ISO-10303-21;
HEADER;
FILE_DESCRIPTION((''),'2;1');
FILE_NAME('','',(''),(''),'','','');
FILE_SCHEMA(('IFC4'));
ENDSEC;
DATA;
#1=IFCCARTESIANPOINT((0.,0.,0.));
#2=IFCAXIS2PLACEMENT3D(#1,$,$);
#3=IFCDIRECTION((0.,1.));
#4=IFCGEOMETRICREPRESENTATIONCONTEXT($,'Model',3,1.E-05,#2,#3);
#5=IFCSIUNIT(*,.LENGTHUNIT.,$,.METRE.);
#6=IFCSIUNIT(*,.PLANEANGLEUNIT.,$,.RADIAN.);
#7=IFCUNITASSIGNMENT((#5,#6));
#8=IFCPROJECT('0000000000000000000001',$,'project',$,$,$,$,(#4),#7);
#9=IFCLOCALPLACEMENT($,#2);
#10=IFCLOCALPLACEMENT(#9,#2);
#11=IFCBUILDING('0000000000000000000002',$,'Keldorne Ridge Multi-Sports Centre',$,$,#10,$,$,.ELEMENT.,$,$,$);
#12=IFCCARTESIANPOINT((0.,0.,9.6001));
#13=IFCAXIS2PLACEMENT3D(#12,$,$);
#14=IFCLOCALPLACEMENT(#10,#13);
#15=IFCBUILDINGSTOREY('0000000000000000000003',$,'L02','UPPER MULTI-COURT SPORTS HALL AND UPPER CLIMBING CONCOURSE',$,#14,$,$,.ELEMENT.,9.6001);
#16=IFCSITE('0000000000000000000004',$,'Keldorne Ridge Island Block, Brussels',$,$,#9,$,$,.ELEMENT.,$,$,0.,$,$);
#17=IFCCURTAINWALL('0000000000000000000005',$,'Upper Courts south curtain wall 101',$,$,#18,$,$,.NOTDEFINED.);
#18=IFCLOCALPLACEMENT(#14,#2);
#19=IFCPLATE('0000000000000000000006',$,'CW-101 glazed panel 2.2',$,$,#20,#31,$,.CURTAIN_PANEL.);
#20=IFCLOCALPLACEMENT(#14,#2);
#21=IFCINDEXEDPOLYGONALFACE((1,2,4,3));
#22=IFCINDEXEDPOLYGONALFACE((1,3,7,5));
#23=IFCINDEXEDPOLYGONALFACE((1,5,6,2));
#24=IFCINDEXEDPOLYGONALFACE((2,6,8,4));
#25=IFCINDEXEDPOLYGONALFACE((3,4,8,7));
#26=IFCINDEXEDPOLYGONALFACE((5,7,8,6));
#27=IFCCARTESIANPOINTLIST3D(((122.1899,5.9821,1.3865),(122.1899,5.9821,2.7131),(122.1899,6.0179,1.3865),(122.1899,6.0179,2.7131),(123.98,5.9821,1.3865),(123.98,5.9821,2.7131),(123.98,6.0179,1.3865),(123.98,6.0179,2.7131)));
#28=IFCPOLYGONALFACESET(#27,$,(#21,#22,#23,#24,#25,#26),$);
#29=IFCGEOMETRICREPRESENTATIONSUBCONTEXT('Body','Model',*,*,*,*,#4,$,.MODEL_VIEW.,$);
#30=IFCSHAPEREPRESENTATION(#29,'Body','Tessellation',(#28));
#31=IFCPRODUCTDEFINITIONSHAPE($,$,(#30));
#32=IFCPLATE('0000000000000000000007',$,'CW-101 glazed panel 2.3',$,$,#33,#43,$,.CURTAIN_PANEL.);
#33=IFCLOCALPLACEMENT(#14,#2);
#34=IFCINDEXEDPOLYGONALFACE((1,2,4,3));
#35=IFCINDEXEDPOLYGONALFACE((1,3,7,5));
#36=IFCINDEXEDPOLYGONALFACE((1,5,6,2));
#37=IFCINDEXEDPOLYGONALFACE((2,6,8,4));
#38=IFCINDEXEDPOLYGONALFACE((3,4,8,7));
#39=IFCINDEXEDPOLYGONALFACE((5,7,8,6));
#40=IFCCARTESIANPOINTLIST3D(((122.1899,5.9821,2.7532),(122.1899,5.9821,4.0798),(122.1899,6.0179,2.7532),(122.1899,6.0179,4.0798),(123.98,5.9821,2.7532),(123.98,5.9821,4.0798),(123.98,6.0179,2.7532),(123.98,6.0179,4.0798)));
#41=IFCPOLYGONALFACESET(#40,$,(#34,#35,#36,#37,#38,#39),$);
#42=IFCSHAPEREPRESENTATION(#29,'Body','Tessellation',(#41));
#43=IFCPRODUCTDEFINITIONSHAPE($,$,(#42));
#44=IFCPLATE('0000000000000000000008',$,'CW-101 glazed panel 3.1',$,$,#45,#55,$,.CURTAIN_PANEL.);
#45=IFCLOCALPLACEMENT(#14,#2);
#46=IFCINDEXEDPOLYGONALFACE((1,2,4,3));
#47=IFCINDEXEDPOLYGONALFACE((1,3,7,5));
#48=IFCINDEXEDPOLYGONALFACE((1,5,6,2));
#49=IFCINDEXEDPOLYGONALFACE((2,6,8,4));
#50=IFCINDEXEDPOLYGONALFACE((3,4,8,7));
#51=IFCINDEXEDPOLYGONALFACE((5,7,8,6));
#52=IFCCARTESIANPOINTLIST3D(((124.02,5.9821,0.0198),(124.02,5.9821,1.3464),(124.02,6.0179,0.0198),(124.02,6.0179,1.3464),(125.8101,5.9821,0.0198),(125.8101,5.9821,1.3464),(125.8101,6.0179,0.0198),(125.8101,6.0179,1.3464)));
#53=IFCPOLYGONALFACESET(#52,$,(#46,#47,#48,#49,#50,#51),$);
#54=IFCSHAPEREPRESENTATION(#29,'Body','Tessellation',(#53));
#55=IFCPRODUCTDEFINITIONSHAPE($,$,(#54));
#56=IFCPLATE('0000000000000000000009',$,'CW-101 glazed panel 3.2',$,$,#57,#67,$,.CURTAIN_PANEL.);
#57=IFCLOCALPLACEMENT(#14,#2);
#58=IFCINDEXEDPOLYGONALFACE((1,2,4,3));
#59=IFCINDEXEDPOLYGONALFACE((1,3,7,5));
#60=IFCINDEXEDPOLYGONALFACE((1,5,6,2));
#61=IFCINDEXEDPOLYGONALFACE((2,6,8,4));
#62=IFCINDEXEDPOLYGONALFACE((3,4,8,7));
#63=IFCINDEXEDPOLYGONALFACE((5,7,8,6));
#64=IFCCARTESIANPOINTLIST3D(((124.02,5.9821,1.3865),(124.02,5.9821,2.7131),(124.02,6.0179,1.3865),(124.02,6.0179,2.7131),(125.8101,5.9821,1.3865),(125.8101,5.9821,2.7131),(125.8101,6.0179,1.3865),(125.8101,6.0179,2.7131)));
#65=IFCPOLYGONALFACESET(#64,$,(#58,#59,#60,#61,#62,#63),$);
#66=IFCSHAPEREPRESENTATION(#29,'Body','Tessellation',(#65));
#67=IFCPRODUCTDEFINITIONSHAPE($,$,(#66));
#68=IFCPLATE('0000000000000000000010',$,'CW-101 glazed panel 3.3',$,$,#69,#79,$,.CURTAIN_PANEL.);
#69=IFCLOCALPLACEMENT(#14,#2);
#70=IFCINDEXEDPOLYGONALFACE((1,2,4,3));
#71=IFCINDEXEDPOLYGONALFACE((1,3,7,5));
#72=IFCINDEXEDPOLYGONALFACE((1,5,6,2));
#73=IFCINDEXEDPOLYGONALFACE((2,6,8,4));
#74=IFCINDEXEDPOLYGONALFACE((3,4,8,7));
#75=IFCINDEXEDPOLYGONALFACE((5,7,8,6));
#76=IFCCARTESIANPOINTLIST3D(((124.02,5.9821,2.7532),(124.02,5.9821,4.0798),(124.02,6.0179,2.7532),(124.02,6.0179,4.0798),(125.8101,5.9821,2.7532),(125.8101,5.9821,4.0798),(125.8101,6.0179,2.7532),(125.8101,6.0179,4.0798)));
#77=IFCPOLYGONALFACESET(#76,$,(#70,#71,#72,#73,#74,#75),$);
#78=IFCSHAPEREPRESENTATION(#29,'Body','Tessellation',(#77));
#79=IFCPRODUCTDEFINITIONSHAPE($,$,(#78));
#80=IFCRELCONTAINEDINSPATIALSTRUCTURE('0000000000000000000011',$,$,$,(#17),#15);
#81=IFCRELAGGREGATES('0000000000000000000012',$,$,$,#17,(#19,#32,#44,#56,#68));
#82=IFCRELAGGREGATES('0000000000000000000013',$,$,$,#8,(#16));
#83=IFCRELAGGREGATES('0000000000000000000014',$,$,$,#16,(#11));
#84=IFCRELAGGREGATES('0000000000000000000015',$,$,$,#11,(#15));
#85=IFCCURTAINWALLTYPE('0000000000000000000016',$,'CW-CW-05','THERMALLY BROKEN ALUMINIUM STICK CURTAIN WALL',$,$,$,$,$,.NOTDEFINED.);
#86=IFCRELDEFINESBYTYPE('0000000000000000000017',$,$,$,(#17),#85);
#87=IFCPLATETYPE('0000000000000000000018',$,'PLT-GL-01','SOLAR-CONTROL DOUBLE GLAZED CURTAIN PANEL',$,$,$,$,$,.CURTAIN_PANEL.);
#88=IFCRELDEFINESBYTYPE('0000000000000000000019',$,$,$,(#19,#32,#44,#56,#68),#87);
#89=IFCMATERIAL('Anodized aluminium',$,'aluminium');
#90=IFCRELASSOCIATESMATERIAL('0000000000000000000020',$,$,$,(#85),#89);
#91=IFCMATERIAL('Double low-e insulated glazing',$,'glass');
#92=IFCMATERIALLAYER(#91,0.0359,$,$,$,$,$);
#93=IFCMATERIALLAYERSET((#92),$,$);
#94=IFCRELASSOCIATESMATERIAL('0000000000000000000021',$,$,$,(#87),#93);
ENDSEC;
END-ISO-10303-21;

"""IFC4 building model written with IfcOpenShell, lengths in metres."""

from ifc_helpers import new_model, si_unit, direction, frame, origin, origin_2d, place, context, subcontext, project, spatial, rectangle, extrude, material, layer, layer_set, type_object, element, aggregate, save


model = new_model("IFC4")

# Units and contexts
model_context = context("Model", 3, precision=1e-05, world=origin(), true_north=direction((0.0, 1.0)))
body_context = subcontext(model_context, "Body", "Model", "MODEL_VIEW")
ifc_project = project(units=[si_unit("LENGTHUNIT", "METRE"), si_unit("PLANEANGLEUNIT", "RADIAN")], contexts=[model_context])

# Site, building, storey
site_placement = place(None, origin())
site = spatial("IfcSite", under=ifc_project, at=site_placement, Name="Keldorne Ridge Island Block, Brussels", CompositionType="ELEMENT", RefElevation=0.0)
building_placement = place(site_placement, origin())
building = spatial("IfcBuilding", under=site, at=building_placement, Name="Keldorne Ridge Multi-Sports Centre", CompositionType="ELEMENT")
storey_placement = place(building_placement, frame((0.0, 0.0, 9.6001)))
storey = spatial("IfcBuildingStorey", under=building, at=storey_placement, Name="L02", Description="UPPER MULTI-COURT SPORTS HALL AND UPPER CLIMBING CONCOURSE", CompositionType="ELEMENT", Elevation=9.6001)

# Curtain wall, plates
ifc_material_1 = material(Name="Anodized aluminium", Category="aluminium")
curtain_wall_type = type_object("IfcCurtainWallType", Name="CW-CW-05", Description="THERMALLY BROKEN ALUMINIUM STICK CURTAIN WALL", PredefinedType="NOTDEFINED", material=ifc_material_1)
curtain_wall_placement = place(storey_placement, origin())
curtain_wall = element("IfcCurtainWall", 1, at=curtain_wall_placement, inside=storey, type_object=curtain_wall_type, Name="Upper Courts south curtain wall 101", PredefinedType="NOTDEFINED")
ifc_material_2 = material(Name="Double low-e insulated glazing", Category="glass")
ifc_layer = layer(ifc_material_2, 0.0359)
ifc_layer_set = layer_set([ifc_layer])
plate_type = type_object("IfcPlateType", Name="PLT-GL-01", Description="SOLAR-CONTROL DOUBLE GLAZED CURTAIN PANEL", PredefinedType="CURTAIN_PANEL", material=ifc_layer_set)
plate_1_placement = place(storey_placement, frame((123.085, 6.0, 1.3865), z_axis=(0.0, 0.0, 1.0), x_axis=(1.0, 0.0, 0.0)))
plate_1 = element("IfcPlate", 2, at=plate_1_placement, type_object=plate_type, Name="CW-101 glazed panel 2.2", PredefinedType="CURTAIN_PANEL", context=body_context, shape_type="SweptSolid", body=[
    extrude(rectangle(XDim=1.79, YDim=0.0359, at=origin_2d()), origin(), (0.0, 0.0, 1.0), 1.3267),
])
plate_2_placement = place(storey_placement, frame((123.085, 6.0, 2.7532), z_axis=(0.0, 0.0, 1.0), x_axis=(1.0, 0.0, 0.0)))
plate_2 = element("IfcPlate", 3, at=plate_2_placement, type_object=plate_type, Name="CW-101 glazed panel 2.3", PredefinedType="CURTAIN_PANEL", context=body_context, shape_type="SweptSolid", body=[
    extrude(rectangle(XDim=1.79, YDim=0.0359, at=origin_2d()), origin(), (0.0, 0.0, 1.0), 1.3267),
])
plate_3_placement = place(storey_placement, frame((124.915, 6.0, 0.0198), z_axis=(0.0, 0.0, 1.0), x_axis=(1.0, 0.0, 0.0)))
plate_3 = element("IfcPlate", 4, at=plate_3_placement, type_object=plate_type, Name="CW-101 glazed panel 3.1", PredefinedType="CURTAIN_PANEL", context=body_context, shape_type="SweptSolid", body=[
    extrude(rectangle(XDim=1.79, YDim=0.0359, at=origin_2d()), origin(), (0.0, 0.0, 1.0), 1.3267),
])
plate_4_placement = place(storey_placement, frame((124.915, 6.0, 1.3865), z_axis=(0.0, 0.0, 1.0), x_axis=(1.0, 0.0, 0.0)))
plate_4 = element("IfcPlate", 5, at=plate_4_placement, type_object=plate_type, Name="CW-101 glazed panel 3.2", PredefinedType="CURTAIN_PANEL", context=body_context, shape_type="SweptSolid", body=[
    extrude(rectangle(XDim=1.79, YDim=0.0359, at=origin_2d()), origin(), (0.0, 0.0, 1.0), 1.3267),
])
plate_5_placement = place(storey_placement, frame((124.915, 6.0, 2.7532), z_axis=(0.0, 0.0, 1.0), x_axis=(1.0, 0.0, 0.0)))
plate_5 = element("IfcPlate", 6, at=plate_5_placement, type_object=plate_type, Name="CW-101 glazed panel 3.3", PredefinedType="CURTAIN_PANEL", context=body_context, shape_type="SweptSolid", body=[
    extrude(rectangle(XDim=1.79, YDim=0.0359, at=origin_2d()), origin(), (0.0, 0.0, 1.0), 1.3267),
])
aggregate(curtain_wall, [plate_1, plate_2, plate_3, plate_4, plate_5])

save(model, "model.ifc")
